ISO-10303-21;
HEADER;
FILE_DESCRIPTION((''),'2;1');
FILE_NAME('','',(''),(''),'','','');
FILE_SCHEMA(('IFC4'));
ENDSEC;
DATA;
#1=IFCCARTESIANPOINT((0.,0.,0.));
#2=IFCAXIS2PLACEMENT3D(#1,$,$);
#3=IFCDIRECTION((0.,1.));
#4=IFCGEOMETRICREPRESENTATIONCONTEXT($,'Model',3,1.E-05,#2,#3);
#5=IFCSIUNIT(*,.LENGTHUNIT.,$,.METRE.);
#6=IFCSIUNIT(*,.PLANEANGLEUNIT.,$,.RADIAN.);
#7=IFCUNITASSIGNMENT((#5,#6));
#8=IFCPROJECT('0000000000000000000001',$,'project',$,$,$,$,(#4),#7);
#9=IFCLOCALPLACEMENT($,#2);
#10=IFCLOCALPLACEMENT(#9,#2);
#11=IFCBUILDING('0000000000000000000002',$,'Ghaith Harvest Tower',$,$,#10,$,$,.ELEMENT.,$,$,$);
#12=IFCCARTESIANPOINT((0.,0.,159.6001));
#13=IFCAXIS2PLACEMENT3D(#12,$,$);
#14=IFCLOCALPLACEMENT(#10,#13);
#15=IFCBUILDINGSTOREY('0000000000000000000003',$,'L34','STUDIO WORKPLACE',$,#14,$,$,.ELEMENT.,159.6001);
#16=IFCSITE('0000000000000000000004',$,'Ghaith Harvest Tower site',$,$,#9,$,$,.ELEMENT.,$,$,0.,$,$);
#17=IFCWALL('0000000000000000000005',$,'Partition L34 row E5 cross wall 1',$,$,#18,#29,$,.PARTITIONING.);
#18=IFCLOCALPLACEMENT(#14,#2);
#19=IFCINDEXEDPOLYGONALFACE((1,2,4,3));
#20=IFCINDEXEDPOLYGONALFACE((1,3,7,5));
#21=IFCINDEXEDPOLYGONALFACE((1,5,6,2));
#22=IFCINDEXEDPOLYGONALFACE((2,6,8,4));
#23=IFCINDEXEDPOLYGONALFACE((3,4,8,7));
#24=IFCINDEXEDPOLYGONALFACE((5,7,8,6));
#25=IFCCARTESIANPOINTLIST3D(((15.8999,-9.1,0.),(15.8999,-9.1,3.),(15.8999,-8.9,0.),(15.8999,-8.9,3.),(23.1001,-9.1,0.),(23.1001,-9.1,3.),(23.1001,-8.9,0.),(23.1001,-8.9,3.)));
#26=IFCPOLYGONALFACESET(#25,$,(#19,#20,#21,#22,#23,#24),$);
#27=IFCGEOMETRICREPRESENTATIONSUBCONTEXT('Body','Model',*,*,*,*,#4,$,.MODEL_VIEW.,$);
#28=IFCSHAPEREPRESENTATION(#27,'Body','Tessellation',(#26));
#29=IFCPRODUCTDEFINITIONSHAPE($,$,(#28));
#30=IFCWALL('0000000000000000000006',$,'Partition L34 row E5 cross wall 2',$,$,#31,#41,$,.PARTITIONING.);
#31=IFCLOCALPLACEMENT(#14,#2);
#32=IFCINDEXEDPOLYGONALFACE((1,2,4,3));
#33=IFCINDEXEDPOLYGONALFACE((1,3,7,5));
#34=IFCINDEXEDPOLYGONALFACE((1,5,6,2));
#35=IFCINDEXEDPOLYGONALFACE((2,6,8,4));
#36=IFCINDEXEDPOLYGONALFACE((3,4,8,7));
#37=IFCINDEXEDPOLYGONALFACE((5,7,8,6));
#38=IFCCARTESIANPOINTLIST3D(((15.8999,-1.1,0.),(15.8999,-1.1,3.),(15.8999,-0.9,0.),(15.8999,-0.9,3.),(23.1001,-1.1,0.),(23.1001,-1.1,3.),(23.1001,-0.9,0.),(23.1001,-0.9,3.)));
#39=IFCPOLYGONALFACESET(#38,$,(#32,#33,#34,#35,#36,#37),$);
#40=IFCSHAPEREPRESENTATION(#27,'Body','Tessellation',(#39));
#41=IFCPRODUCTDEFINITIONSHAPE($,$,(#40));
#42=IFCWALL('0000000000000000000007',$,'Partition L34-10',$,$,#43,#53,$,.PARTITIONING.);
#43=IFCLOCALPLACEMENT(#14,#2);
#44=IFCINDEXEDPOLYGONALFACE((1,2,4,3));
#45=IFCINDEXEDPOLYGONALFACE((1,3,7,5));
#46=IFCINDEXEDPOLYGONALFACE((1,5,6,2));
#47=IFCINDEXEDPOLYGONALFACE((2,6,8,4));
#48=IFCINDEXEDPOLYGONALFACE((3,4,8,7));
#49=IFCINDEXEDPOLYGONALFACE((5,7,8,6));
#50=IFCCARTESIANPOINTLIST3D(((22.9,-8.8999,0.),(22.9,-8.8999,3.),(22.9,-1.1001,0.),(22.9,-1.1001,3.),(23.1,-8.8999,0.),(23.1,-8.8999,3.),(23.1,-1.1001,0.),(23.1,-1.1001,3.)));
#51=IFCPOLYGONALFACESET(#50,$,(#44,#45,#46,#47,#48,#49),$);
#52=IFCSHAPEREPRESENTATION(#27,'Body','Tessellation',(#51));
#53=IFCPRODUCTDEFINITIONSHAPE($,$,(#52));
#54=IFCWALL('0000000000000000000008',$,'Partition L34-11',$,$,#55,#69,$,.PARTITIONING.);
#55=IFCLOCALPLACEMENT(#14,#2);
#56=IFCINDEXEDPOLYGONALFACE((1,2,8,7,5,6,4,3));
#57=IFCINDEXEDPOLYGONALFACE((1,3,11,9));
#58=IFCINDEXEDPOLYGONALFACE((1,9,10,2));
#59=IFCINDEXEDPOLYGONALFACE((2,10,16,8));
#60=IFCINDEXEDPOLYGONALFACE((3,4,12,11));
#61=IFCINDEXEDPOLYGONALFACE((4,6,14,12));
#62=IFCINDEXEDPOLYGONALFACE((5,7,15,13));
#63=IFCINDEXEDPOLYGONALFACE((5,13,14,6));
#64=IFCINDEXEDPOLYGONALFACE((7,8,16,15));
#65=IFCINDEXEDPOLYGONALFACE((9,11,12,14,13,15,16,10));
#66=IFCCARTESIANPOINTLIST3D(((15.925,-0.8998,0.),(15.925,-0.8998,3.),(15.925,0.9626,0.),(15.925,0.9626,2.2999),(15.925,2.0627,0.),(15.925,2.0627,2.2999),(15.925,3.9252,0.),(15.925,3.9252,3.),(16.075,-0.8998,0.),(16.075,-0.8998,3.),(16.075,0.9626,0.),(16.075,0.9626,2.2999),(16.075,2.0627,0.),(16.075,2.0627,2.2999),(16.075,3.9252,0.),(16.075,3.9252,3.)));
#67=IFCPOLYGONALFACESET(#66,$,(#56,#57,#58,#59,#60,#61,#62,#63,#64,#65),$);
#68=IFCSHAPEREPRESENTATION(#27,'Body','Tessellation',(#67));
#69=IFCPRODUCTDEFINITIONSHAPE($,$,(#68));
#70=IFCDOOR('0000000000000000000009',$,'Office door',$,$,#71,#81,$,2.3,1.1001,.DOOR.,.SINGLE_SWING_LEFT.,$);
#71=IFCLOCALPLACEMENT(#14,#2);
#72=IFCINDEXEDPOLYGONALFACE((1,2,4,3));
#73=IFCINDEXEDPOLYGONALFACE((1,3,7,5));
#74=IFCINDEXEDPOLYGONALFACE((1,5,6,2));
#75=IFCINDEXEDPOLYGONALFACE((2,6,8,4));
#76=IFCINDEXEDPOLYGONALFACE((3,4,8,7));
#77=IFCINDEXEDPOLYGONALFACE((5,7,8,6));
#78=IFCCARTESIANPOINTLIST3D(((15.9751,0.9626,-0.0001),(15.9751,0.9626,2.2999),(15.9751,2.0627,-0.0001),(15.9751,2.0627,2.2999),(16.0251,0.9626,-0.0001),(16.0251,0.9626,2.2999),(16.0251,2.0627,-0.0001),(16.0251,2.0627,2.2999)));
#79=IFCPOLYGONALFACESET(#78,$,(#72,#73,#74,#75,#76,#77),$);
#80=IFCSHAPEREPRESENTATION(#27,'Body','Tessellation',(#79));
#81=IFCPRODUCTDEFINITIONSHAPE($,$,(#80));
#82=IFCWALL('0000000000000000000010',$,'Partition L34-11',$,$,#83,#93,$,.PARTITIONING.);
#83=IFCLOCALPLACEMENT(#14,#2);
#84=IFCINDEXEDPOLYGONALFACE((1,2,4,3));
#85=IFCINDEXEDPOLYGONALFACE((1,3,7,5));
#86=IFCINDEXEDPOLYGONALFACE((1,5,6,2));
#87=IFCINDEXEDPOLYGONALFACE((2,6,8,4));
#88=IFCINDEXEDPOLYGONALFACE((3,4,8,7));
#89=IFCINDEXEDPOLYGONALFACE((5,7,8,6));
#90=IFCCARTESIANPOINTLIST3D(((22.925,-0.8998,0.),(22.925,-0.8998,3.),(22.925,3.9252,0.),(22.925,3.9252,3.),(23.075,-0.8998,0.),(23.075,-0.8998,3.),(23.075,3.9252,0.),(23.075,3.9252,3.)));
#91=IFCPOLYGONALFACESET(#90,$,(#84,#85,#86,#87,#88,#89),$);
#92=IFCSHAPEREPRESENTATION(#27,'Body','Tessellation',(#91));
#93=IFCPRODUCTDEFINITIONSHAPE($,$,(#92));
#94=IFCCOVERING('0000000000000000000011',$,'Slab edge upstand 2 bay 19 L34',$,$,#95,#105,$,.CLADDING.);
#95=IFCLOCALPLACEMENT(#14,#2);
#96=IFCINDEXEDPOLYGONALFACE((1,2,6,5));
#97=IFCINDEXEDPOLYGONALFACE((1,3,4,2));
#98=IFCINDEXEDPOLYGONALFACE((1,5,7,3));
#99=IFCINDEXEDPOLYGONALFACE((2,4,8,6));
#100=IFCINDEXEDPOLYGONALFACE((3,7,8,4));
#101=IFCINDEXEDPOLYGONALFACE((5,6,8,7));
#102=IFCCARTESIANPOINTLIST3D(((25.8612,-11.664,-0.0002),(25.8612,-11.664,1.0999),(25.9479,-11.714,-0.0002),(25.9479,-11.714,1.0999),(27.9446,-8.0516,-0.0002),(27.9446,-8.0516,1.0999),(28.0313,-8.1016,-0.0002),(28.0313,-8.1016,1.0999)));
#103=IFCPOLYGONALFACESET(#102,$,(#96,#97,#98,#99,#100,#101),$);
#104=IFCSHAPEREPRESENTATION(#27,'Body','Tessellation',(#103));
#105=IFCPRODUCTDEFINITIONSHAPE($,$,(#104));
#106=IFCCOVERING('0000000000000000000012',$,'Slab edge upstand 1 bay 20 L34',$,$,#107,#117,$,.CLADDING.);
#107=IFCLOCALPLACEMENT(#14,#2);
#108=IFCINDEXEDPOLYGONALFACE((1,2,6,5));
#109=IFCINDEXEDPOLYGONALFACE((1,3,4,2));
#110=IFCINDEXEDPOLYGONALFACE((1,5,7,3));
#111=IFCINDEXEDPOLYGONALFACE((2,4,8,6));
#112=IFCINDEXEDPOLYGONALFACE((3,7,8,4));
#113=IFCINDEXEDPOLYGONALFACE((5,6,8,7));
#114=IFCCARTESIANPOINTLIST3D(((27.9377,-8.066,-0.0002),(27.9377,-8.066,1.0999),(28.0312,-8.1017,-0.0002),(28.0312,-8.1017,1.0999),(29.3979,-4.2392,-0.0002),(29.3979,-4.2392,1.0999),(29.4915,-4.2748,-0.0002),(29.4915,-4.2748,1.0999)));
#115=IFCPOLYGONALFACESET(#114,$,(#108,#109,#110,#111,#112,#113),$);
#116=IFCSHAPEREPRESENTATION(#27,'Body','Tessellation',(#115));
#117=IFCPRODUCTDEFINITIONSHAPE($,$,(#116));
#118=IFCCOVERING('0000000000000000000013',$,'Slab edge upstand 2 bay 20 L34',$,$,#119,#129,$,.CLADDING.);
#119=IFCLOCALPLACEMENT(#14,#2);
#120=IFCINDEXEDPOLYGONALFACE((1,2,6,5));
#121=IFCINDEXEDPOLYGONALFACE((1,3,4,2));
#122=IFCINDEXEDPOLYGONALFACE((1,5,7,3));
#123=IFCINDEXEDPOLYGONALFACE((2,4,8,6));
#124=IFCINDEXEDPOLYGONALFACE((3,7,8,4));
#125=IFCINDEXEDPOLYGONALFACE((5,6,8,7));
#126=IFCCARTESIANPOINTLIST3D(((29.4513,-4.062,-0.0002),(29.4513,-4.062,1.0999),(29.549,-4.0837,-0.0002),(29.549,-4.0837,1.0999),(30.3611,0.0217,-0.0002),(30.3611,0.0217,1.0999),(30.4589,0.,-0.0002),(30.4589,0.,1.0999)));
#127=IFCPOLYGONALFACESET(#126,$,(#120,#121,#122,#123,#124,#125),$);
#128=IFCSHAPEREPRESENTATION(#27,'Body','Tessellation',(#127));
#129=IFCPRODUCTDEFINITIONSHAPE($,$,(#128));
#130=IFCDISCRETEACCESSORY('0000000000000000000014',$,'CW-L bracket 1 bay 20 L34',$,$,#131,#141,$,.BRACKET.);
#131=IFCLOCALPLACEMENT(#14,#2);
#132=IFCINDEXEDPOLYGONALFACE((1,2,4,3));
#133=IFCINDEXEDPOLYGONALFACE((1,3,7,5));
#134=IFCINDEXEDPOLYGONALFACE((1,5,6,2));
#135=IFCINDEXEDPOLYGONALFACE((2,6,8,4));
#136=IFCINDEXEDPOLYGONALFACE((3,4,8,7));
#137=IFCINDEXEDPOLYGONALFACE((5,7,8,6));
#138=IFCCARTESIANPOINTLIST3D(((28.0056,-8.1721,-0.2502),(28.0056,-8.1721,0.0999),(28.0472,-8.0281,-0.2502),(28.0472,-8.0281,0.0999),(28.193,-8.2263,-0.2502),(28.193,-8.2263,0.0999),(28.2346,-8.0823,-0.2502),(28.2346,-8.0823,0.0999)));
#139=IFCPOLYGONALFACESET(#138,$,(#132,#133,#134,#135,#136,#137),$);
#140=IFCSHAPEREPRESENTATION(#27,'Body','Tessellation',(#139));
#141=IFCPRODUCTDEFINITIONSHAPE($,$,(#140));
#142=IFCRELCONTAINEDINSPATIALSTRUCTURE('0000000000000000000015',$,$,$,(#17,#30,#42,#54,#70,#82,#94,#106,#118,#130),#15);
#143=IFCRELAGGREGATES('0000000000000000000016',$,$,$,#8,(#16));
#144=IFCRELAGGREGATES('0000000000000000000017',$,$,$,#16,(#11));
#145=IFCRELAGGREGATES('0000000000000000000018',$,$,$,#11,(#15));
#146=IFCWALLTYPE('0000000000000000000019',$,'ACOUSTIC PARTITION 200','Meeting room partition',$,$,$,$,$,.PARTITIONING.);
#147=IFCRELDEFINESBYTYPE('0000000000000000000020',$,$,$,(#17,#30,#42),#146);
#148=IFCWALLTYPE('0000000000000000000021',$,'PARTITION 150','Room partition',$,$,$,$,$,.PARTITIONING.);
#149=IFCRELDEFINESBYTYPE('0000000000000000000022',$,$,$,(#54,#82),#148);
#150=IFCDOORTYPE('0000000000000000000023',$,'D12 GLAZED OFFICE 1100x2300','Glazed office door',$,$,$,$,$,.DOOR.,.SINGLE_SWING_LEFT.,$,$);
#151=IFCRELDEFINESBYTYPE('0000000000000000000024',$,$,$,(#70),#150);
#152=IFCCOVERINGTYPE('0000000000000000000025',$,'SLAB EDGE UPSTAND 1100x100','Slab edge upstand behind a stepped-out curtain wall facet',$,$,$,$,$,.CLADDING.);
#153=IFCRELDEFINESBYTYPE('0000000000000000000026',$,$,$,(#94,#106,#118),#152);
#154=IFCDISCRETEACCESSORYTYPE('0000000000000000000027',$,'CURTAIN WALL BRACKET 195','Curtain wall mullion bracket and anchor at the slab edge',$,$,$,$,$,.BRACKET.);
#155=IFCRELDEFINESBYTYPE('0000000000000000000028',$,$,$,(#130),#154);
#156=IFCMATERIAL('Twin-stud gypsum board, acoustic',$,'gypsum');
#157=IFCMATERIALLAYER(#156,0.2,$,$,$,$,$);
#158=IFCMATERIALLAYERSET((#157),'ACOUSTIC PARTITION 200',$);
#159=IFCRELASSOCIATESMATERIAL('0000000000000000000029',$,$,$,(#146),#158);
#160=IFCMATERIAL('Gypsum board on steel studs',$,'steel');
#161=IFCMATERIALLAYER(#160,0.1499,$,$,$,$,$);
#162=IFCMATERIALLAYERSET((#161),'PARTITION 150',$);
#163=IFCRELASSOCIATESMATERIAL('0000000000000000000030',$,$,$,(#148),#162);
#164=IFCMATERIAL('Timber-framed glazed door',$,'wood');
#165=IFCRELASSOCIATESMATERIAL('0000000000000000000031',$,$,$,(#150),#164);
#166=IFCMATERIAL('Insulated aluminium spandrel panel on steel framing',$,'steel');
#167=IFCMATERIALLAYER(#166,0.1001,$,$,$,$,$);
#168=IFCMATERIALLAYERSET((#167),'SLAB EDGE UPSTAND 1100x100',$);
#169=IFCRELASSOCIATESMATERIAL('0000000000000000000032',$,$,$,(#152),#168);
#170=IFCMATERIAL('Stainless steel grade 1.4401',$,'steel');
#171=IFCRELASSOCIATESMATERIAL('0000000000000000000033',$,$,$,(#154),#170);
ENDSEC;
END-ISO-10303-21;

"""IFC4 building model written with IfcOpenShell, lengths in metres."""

from ifc_helpers import new_model, si_unit, direction, frame, frame_2d, origin, origin_2d, place, context, subcontext, project, spatial, rectangle, extrude, material, layer, layer_set, type_object, element, fill, save


model = new_model("IFC4")

# Units and contexts
model_context = context("Model", 3, precision=1e-05, world=origin(), true_north=direction((0.0, 1.0)))
body_context = subcontext(model_context, "Body", "Model", "MODEL_VIEW")
ifc_project = project(units=[si_unit("LENGTHUNIT", "METRE"), si_unit("PLANEANGLEUNIT", "RADIAN")], contexts=[model_context])

# Site, building, storey
site_placement = place(None, origin())
site = spatial("IfcSite", under=ifc_project, at=site_placement, Name="Ghaith Harvest Tower site", CompositionType="ELEMENT", RefElevation=0.0)
building_placement = place(site_placement, origin())
building = spatial("IfcBuilding", under=site, at=building_placement, Name="Ghaith Harvest Tower", CompositionType="ELEMENT")
storey_placement = place(building_placement, frame((0.0, 0.0, 159.6001)))
storey = spatial("IfcBuildingStorey", under=building, at=storey_placement, Name="L34", Description="STUDIO WORKPLACE", CompositionType="ELEMENT", Elevation=159.6001)

# Walls
ifc_material_1 = material(Name="Twin-stud gypsum board, acoustic", Category="gypsum")
ifc_layer_1 = layer(ifc_material_1, 0.2)
ifc_layer_set_1 = layer_set([ifc_layer_1], Name="ACOUSTIC PARTITION 200")
wall_type_1 = type_object("IfcWallType", Name="ACOUSTIC PARTITION 200", Description="Meeting room partition", PredefinedType="PARTITIONING", material=ifc_layer_set_1)
for number, where, z_axis, x_axis, name in (
    (1, (15.8999, -9.0, 0.0), (0.0, 0.0, 1.0), (1.0, 0.0, 0.0), "Partition L34 row E5 cross wall 1"),
    (2, (15.8999, -1.0, 0.0), (0.0, 0.0, 1.0), (1.0, 0.0, 0.0), "Partition L34 row E5 cross wall 2"),
):
    element("IfcWall", number, at=place(storey_placement, frame(where, z_axis=z_axis, x_axis=x_axis)), inside=storey, type_object=wall_type_1, Name=name, PredefinedType="PARTITIONING", context=body_context, shape_type="SweptSolid", body=[
        extrude(rectangle(XDim=7.2002, YDim=0.2, at=frame_2d((3.6001, 0.0))), origin(), (0.0, 0.0, 1.0), 3.0),
    ])

# Wall
wall_1_placement = place(storey_placement, frame((23.0, -8.8999, 0.0), z_axis=(0.0, 0.0, 1.0), x_axis=(0.0, 1.0, 0.0)))
element("IfcWall", 3, at=wall_1_placement, inside=storey, type_object=wall_type_1, Name="Partition L34-10", PredefinedType="PARTITIONING", context=body_context, shape_type="SweptSolid", body=[
    extrude(rectangle(XDim=7.7998, YDim=0.2, at=frame_2d((3.8999, 0.0))), origin(), (0.0, 0.0, 1.0), 3.0),
])

# Wall, opening, door
ifc_material_2 = material(Name="Gypsum board on steel studs", Category="steel")
ifc_layer_2 = layer(ifc_material_2, 0.1499)
ifc_layer_set_2 = layer_set([ifc_layer_2], Name="PARTITION 150")
wall_type_2 = type_object("IfcWallType", Name="PARTITION 150", Description="Room partition", PredefinedType="PARTITIONING", material=ifc_layer_set_2)
wall_2_placement = place(storey_placement, frame((16.0, -0.8999, 0.0), z_axis=(0.0, 0.0, 1.0), x_axis=(0.0, 1.0, 0.0)))
wall_2 = element("IfcWall", 4, at=wall_2_placement, inside=storey, type_object=wall_type_2, Name="Partition L34-11", PredefinedType="PARTITIONING", context=body_context, shape_type="SweptSolid", body=[
    extrude(rectangle(XDim=4.825, YDim=0.1499, at=frame_2d((2.4126, 0.0))), origin(), (0.0, 0.0, 1.0), 3.0),
])
opening_1_placement = place(wall_2_placement, frame((1.8625, 0.0, 0.0)))
opening_1 = element("IfcOpeningElement", 5, at=opening_1_placement, cuts=wall_2, PredefinedType="OPENING", context=body_context, shape_type="SweptSolid", body=[
    extrude(rectangle(XDim=1.1001, YDim=2.3, at=frame_2d((0.55, 1.1499))), frame((0.0, 0.085, 0.0), z_axis=(0.0, -1.0, 0.0), x_axis=(1.0, 0.0, 0.0)), (0.0, 0.0, 1.0), 0.1699),
])
ifc_material_3 = material(Name="Timber-framed glazed door", Category="wood")
door_type_1 = type_object("IfcDoorType", Name="D12 GLAZED OFFICE 1100x2300", Description="Glazed office door", OperationType="SINGLE_SWING_LEFT", PredefinedType="DOOR", material=ifc_material_3)
door_1_placement = place(opening_1_placement, origin())
door_1 = element("IfcDoor", 6, at=door_1_placement, inside=storey, type_object=door_type_1, Name="Office door", OperationType="SINGLE_SWING_LEFT", OverallHeight=2.3, OverallWidth=1.1001, PredefinedType="DOOR", context=body_context, shape_type="SweptSolid", body=[
    extrude(rectangle(XDim=1.1001, YDim=2.3, at=frame_2d((0.55, 1.1499))), frame((0.0, 0.0249, 0.0), z_axis=(0.0, -1.0, 0.0), x_axis=(1.0, 0.0, 0.0)), (0.0, 0.0, 1.0), 0.05),
])
fill(opening_1, door_1)

# Wall
wall_3_placement = place(storey_placement, frame((23.0, -0.8999, 0.0), z_axis=(0.0, 0.0, 1.0), x_axis=(0.0, 1.0, 0.0)))
element("IfcWall", 7, at=wall_3_placement, inside=storey, type_object=wall_type_2, Name="Partition L34-11", PredefinedType="PARTITIONING", context=body_context, shape_type="SweptSolid", body=[
    extrude(rectangle(XDim=4.825, YDim=0.1499, at=frame_2d((2.4126, 0.0))), origin(), (0.0, 0.0, 1.0), 3.0),
])

# Coverings
ifc_material_4 = material(Name="Insulated aluminium spandrel panel on steel framing", Category="steel")
ifc_layer_3 = layer(ifc_material_4, 0.1001)
ifc_layer_set_3 = layer_set([ifc_layer_3], Name="SLAB EDGE UPSTAND 1100x100")
covering_type = type_object("IfcCoveringType", Name="SLAB EDGE UPSTAND 1100x100", Description="Slab edge upstand behind a stepped-out curtain wall facet", PredefinedType="CLADDING", material=ifc_layer_set_3)
covering_1_placement = place(storey_placement, frame((26.9463, -9.8828, -0.0002), z_axis=(0.0, 0.0, 1.0), x_axis=(0.499596, 0.866258, 0.0)))
element("IfcCovering", 8, at=covering_1_placement, inside=storey, type_object=covering_type, Name="Slab edge upstand 2 bay 19 L34", PredefinedType="CLADDING", context=body_context, shape_type="SweptSolid", body=[
    extrude(rectangle(XDim=4.1702, YDim=0.1001, at=origin_2d()), origin(), (0.0, 0.0, 1.0), 1.1001),
])
covering_2_placement = place(storey_placement, frame((28.7146, -6.1704, -0.0002), z_axis=(0.0, 0.0, 1.0), x_axis=(0.356504, 0.934294, 0.0)))
element("IfcCovering", 9, at=covering_2_placement, inside=storey, type_object=covering_type, Name="Slab edge upstand 1 bay 20 L34", PredefinedType="CLADDING", context=body_context, shape_type="SweptSolid", body=[
    extrude(rectangle(XDim=4.0959, YDim=0.1001, at=origin_2d()), origin(), (0.0, 0.0, 1.0), 1.1001),
])
covering_3_placement = place(storey_placement, frame((29.9551, -2.031, -0.0002), z_axis=(0.0, 0.0, 1.0), x_axis=(0.217466, 0.976068, 0.0)))
element("IfcCovering", 10, at=covering_3_placement, inside=storey, type_object=covering_type, Name="Slab edge upstand 2 bay 20 L34", PredefinedType="CLADDING", context=body_context, shape_type="SweptSolid", body=[
    extrude(rectangle(XDim=4.1838, YDim=0.1001, at=origin_2d()), origin(), (0.0, 0.0, 1.0), 1.1001),
])

# Discrete accessory
ifc_material_5 = material(Name="Stainless steel grade 1.4401", Category="steel")
discrete_accessory_type = type_object("IfcDiscreteAccessoryType", Name="CURTAIN WALL BRACKET 195", Description="Curtain wall mullion bracket and anchor at the slab edge", PredefinedType="BRACKET", material=ifc_material_5)
discrete_accessory_placement = place(storey_placement, frame((28.1201, -8.1272, -0.2502), z_axis=(0.0, 0.0, 1.0), x_axis=(0.96068, -0.277657, 0.0)))
element("IfcDiscreteAccessory", 11, at=discrete_accessory_placement, inside=storey, type_object=discrete_accessory_type, Name="CW-L bracket 1 bay 20 L34", PredefinedType="BRACKET", context=body_context, shape_type="SweptSolid", body=[
    extrude(rectangle(XDim=0.1951, YDim=0.1499, at=origin_2d()), origin(), (0.0, 0.0, 1.0), 0.3501),
])

save(model, "model.ifc")
